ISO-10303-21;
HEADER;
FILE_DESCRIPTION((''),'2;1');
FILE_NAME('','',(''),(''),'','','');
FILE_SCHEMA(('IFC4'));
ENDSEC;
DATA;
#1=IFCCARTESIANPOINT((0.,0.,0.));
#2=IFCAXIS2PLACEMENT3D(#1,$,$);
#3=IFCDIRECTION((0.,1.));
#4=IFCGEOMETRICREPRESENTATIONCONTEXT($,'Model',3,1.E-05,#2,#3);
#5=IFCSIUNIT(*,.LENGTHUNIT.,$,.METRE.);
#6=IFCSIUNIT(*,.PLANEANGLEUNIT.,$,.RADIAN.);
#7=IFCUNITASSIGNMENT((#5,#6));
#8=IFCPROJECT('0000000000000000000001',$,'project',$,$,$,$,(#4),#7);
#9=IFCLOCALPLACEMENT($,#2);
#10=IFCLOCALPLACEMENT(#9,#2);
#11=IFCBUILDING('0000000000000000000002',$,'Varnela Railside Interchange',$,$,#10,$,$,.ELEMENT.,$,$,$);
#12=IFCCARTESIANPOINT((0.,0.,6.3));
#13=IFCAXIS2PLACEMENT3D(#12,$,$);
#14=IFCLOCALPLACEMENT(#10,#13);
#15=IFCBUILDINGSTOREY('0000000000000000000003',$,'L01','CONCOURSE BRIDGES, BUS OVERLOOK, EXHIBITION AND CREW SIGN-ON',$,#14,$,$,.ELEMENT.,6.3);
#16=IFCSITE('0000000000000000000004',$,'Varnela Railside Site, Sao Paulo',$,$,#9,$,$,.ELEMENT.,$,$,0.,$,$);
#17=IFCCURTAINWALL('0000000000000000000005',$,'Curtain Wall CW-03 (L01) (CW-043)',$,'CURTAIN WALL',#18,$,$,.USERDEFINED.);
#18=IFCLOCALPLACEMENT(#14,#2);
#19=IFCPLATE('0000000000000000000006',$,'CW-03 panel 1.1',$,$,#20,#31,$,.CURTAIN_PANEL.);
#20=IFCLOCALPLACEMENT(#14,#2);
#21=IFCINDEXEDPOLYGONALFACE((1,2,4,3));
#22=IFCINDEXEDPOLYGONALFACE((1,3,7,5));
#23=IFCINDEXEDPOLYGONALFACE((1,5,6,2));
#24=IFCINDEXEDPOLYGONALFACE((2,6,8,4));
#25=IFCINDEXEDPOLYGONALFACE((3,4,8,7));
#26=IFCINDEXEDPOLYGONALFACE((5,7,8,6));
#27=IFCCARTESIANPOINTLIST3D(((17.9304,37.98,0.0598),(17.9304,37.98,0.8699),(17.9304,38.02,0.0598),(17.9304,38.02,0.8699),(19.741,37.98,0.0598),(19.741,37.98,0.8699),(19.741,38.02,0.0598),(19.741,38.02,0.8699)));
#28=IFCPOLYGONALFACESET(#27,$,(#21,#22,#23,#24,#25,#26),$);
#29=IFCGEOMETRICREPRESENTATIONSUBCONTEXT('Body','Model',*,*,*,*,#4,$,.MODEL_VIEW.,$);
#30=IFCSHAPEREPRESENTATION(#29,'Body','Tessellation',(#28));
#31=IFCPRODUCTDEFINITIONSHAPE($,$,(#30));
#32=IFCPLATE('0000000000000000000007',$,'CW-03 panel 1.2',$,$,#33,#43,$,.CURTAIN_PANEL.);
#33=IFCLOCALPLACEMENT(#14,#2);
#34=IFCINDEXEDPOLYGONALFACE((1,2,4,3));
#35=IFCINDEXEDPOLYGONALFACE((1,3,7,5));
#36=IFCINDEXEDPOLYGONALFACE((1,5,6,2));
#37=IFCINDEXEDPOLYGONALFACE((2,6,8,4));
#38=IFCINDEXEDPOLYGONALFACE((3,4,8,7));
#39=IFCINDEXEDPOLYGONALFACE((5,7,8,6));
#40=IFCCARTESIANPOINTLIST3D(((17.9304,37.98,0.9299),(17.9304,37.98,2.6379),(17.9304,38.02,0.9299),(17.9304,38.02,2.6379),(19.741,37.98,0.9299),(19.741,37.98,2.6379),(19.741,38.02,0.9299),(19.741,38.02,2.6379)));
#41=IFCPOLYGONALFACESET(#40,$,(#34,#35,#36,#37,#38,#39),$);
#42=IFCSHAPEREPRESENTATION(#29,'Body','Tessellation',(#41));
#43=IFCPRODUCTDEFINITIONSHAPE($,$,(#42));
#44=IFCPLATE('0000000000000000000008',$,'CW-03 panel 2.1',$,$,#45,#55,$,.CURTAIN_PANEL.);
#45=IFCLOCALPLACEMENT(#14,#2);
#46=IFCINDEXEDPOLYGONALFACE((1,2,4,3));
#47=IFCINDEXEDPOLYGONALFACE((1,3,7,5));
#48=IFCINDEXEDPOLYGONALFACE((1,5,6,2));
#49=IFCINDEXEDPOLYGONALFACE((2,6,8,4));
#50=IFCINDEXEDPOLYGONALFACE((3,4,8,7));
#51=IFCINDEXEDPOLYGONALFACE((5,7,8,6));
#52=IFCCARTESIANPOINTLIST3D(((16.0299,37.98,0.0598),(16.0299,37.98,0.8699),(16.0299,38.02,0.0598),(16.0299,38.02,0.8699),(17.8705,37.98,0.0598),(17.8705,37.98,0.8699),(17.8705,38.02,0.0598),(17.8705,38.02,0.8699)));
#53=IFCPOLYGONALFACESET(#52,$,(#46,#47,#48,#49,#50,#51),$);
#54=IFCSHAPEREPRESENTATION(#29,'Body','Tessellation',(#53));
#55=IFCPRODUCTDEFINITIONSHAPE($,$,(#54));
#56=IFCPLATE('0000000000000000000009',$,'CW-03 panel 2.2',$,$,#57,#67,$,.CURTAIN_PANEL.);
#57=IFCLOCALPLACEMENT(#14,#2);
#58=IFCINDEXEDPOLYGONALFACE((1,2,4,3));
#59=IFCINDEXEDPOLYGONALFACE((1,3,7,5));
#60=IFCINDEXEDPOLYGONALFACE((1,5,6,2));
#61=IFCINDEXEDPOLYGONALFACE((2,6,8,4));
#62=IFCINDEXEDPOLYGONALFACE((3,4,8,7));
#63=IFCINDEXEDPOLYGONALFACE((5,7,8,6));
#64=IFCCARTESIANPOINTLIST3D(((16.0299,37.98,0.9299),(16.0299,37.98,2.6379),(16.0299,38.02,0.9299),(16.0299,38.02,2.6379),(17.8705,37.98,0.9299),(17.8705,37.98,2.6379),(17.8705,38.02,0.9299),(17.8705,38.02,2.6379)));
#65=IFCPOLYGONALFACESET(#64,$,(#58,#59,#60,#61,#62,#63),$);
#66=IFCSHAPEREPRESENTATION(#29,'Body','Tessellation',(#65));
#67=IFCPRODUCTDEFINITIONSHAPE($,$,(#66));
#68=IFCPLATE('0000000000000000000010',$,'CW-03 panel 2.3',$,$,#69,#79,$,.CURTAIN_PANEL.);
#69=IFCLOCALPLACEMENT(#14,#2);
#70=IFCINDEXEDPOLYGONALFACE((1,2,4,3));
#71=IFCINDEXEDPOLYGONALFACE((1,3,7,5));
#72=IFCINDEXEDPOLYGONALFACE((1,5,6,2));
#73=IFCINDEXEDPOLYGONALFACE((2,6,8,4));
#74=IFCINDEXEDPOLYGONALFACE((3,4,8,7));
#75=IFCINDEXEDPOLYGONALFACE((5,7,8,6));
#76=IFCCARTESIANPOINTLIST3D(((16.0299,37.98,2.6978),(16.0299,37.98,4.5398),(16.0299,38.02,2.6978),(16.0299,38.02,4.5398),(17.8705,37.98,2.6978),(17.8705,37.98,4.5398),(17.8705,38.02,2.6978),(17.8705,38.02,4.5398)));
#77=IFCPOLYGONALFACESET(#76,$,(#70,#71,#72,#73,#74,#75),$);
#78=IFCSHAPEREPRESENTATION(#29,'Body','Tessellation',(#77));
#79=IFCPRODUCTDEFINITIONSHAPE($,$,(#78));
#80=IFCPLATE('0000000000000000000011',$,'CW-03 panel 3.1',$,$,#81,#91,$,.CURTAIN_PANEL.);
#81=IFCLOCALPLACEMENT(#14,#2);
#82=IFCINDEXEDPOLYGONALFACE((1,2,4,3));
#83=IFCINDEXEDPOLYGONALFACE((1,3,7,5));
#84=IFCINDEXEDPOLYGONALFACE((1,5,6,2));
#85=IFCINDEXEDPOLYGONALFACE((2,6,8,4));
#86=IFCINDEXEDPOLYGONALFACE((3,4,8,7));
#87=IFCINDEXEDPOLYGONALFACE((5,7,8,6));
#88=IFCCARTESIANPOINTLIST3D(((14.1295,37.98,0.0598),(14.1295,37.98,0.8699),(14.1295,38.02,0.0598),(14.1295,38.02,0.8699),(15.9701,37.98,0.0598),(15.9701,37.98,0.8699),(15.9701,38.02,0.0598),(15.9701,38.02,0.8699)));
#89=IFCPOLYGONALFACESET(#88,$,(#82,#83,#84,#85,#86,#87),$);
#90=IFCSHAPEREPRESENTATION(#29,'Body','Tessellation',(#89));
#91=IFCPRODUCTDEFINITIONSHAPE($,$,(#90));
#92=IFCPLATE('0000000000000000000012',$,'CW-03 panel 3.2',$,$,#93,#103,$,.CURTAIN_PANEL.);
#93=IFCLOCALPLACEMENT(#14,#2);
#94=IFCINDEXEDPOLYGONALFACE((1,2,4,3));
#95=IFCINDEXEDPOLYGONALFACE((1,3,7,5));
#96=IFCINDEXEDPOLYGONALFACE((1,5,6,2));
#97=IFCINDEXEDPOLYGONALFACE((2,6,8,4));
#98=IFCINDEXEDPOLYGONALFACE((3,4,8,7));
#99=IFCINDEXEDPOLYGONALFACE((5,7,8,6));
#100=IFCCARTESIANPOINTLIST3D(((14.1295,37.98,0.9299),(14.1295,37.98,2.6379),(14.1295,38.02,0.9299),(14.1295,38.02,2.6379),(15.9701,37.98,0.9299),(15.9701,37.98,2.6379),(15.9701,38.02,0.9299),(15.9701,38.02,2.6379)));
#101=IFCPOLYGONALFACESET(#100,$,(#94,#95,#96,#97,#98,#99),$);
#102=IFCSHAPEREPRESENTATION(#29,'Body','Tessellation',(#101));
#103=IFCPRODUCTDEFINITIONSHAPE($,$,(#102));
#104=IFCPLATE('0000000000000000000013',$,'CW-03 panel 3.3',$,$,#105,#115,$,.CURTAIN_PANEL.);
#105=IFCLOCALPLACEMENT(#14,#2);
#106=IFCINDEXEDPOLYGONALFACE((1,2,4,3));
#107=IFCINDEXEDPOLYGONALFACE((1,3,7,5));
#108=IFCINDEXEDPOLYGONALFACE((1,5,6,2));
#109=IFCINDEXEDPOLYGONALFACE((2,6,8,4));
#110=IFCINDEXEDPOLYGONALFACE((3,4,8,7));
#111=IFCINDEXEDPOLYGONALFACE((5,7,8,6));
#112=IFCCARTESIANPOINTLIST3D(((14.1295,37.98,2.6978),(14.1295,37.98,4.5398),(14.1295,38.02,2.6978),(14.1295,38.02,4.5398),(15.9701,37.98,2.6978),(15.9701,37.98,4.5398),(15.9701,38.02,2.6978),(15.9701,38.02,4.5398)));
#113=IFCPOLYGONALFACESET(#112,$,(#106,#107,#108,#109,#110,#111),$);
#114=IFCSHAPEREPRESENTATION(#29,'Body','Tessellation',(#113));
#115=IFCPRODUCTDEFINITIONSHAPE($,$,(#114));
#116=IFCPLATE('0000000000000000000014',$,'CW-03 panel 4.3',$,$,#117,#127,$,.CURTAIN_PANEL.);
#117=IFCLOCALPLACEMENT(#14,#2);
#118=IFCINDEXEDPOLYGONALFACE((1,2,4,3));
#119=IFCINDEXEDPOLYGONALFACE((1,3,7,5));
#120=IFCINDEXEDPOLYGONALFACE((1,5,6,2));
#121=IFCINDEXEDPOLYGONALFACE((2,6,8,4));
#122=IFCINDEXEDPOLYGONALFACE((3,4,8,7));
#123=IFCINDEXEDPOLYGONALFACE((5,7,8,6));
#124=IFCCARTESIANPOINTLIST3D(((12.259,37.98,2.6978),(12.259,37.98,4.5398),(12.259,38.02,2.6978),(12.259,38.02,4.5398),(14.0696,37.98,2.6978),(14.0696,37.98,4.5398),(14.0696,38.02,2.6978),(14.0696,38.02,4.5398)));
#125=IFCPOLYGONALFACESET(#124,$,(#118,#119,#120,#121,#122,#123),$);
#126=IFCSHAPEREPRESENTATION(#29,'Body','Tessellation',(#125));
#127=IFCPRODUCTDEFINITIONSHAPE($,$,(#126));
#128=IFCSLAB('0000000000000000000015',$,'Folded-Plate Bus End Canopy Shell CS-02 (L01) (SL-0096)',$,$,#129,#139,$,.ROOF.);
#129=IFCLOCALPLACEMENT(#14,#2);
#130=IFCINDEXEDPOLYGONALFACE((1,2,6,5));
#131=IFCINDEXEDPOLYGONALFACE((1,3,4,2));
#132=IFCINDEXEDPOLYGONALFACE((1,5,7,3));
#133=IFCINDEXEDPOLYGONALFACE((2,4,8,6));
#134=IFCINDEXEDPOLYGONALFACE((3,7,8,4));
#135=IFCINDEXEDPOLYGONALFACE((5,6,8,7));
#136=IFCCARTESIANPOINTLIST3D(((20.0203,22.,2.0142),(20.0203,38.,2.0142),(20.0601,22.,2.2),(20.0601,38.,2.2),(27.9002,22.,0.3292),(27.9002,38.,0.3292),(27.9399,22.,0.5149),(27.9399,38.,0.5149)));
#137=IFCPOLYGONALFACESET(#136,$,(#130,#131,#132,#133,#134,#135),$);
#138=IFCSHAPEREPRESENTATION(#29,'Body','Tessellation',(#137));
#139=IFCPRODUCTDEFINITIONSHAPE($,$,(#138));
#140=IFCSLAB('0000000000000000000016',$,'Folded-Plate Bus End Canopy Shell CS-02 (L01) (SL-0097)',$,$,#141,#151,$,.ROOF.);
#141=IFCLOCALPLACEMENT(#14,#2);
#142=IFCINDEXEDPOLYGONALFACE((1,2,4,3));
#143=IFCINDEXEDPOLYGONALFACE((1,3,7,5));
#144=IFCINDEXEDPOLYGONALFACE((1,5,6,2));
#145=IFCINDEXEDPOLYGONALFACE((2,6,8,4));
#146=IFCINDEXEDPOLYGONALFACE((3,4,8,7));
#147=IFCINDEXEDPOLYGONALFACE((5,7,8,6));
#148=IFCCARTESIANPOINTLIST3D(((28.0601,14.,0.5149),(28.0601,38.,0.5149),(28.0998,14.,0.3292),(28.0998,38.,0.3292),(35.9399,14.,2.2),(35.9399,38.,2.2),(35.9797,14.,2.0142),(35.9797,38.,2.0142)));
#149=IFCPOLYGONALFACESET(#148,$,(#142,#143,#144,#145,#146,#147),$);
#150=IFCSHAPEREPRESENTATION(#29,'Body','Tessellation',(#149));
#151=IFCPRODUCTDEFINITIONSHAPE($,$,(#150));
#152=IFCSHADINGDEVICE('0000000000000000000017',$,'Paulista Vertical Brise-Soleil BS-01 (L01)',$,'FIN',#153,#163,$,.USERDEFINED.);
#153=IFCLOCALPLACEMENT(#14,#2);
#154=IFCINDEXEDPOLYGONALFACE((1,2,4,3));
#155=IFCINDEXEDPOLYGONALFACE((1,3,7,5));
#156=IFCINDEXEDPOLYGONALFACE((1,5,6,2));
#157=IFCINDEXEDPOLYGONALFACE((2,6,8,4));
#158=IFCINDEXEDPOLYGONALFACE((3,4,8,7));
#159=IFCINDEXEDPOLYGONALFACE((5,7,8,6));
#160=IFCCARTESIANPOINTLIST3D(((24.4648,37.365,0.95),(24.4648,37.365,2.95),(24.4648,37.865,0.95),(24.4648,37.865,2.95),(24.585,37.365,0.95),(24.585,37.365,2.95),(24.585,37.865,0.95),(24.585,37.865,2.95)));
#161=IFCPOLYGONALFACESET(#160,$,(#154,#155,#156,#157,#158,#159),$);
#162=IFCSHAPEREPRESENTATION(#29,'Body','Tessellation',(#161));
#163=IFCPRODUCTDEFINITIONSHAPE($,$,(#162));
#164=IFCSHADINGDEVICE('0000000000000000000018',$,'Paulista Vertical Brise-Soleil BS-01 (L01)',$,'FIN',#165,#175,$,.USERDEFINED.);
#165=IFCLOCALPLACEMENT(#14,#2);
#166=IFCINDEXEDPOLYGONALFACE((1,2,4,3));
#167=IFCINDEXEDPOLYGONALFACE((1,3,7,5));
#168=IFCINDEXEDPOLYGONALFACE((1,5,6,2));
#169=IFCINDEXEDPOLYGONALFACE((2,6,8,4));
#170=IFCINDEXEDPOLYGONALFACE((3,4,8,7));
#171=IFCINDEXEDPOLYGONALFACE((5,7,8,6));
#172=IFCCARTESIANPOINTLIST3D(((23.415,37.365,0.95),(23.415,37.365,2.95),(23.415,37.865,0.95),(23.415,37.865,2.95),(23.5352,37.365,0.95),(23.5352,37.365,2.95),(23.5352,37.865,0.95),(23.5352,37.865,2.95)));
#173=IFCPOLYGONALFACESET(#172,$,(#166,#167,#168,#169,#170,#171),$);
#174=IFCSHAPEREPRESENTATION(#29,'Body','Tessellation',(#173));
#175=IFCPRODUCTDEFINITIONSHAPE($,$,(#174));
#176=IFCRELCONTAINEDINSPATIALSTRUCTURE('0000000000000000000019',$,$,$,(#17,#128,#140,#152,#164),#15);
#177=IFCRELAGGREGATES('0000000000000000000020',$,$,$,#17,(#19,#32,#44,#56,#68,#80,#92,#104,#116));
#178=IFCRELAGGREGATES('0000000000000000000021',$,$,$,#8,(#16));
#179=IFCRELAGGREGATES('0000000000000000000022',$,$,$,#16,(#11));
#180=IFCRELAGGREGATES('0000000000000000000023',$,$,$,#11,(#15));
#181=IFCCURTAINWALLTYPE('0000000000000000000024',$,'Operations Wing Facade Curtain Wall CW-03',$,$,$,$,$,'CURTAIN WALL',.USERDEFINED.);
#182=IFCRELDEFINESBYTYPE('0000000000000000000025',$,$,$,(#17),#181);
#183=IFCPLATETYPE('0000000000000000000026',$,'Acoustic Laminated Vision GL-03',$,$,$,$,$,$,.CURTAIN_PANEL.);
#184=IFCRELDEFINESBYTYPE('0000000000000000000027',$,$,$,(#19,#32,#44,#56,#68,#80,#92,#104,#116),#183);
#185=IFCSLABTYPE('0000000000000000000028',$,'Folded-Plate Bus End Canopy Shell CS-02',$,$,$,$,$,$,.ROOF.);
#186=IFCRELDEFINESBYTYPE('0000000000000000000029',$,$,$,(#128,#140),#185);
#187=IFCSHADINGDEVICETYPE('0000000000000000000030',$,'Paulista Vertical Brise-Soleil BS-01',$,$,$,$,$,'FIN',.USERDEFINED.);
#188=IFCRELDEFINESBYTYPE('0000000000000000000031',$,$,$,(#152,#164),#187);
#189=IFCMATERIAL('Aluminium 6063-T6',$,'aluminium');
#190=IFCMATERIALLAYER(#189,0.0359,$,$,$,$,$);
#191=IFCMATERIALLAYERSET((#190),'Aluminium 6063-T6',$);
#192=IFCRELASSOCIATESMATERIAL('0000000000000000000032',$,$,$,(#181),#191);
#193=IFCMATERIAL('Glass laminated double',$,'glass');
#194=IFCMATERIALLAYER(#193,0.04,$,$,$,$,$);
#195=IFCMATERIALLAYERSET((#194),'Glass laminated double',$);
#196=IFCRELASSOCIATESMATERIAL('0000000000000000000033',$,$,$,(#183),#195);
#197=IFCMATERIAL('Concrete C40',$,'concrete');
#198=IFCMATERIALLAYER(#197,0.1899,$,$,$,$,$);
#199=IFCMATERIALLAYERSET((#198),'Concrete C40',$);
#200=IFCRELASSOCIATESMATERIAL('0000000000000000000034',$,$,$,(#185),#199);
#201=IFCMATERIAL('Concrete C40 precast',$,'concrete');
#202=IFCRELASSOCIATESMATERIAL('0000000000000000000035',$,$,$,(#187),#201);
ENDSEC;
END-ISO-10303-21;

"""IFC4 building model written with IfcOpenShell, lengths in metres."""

from ifc_helpers import new_model, si_unit, direction, frame, origin, origin_2d, place, context, subcontext, project, spatial, polyline, rectangle, outline, extrude, material, layer, layer_set, type_object, element, aggregate, save


model = new_model("IFC4")

# Units and contexts
model_context = context("Model", 3, precision=1e-05, world=origin(), true_north=direction((0.0, 1.0)))
body_context = subcontext(model_context, "Body", "Model", "MODEL_VIEW")
ifc_project = project(units=[si_unit("LENGTHUNIT", "METRE"), si_unit("PLANEANGLEUNIT", "RADIAN")], contexts=[model_context])

# Site, building, storey
site_placement = place(None, origin())
site = spatial("IfcSite", under=ifc_project, at=site_placement, Name="Varnela Railside Site, Sao Paulo", CompositionType="ELEMENT", RefElevation=0.0)
building_placement = place(site_placement, origin())
building = spatial("IfcBuilding", under=site, at=building_placement, Name="Varnela Railside Interchange", CompositionType="ELEMENT")
storey_placement = place(building_placement, frame((0.0, 0.0, 6.3)))
storey = spatial("IfcBuildingStorey", under=building, at=storey_placement, Name="L01", Description="CONCOURSE BRIDGES, BUS OVERLOOK, EXHIBITION AND CREW SIGN-ON", CompositionType="ELEMENT", Elevation=6.3)

# Curtain wall, plates
ifc_material_1 = material(Name="Aluminium 6063-T6", Category="aluminium")
ifc_layer_1 = layer(ifc_material_1, 0.0359)
ifc_layer_set_1 = layer_set([ifc_layer_1], Name="Aluminium 6063-T6")
curtain_wall_type = type_object("IfcCurtainWallType", Name="Operations Wing Facade Curtain Wall CW-03", ElementType="CURTAIN WALL", PredefinedType="USERDEFINED", material=ifc_layer_set_1)
curtain_wall_placement = place(storey_placement, origin())
curtain_wall = element("IfcCurtainWall", 1, at=curtain_wall_placement, inside=storey, type_object=curtain_wall_type, Name="Curtain Wall CW-03 (L01) (CW-043)", ObjectType="CURTAIN WALL", PredefinedType="USERDEFINED")
ifc_material_2 = material(Name="Glass laminated double", Category="glass")
ifc_layer_2 = layer(ifc_material_2, 0.04)
ifc_layer_set_2 = layer_set([ifc_layer_2], Name="Glass laminated double")
plate_type = type_object("IfcPlateType", Name="Acoustic Laminated Vision GL-03", PredefinedType="CURTAIN_PANEL", material=ifc_layer_set_2)
plate_1_placement = place(storey_placement, frame((18.8357, 38.0, 0.0598), z_axis=(0.0, 0.0, 1.0), x_axis=(-1.0, 0.0, 0.0)))
plate_1 = element("IfcPlate", 2, at=plate_1_placement, type_object=plate_type, Name="CW-03 panel 1.1", PredefinedType="CURTAIN_PANEL", context=body_context, shape_type="SweptSolid", body=[
    extrude(rectangle(XDim=1.8105, YDim=0.04, at=origin_2d()), origin(), (0.0, 0.0, 1.0), 0.8101),
])
plate_2_placement = place(storey_placement, frame((18.8357, 38.0, 0.9299), z_axis=(0.0, 0.0, 1.0), x_axis=(-1.0, 0.0, 0.0)))
plate_2 = element("IfcPlate", 3, at=plate_2_placement, type_object=plate_type, Name="CW-03 panel 1.2", PredefinedType="CURTAIN_PANEL", context=body_context, shape_type="SweptSolid", body=[
    extrude(rectangle(XDim=1.8105, YDim=0.04, at=origin_2d()), origin(), (0.0, 0.0, 1.0), 1.708),
])
plate_3_placement = place(storey_placement, frame((16.9502, 38.0, 0.0598), z_axis=(0.0, 0.0, 1.0), x_axis=(-1.0, 0.0, 0.0)))
plate_3 = element("IfcPlate", 4, at=plate_3_placement, type_object=plate_type, Name="CW-03 panel 2.1", PredefinedType="CURTAIN_PANEL", context=body_context, shape_type="SweptSolid", body=[
    extrude(rectangle(XDim=1.8406, YDim=0.04, at=origin_2d()), origin(), (0.0, 0.0, 1.0), 0.8101),
])
plate_4_placement = place(storey_placement, frame((16.9502, 38.0, 0.9299), z_axis=(0.0, 0.0, 1.0), x_axis=(-1.0, 0.0, 0.0)))
plate_4 = element("IfcPlate", 5, at=plate_4_placement, type_object=plate_type, Name="CW-03 panel 2.2", PredefinedType="CURTAIN_PANEL", context=body_context, shape_type="SweptSolid", body=[
    extrude(rectangle(XDim=1.8406, YDim=0.04, at=origin_2d()), origin(), (0.0, 0.0, 1.0), 1.708),
])
plate_5_placement = place(storey_placement, frame((16.9502, 38.0, 2.6978), z_axis=(0.0, 0.0, 1.0), x_axis=(-1.0, 0.0, 0.0)))
plate_5 = element("IfcPlate", 6, at=plate_5_placement, type_object=plate_type, Name="CW-03 panel 2.3", PredefinedType="CURTAIN_PANEL", context=body_context, shape_type="SweptSolid", body=[
    extrude(rectangle(XDim=1.8406, YDim=0.04, at=origin_2d()), origin(), (0.0, 0.0, 1.0), 1.842),
])
plate_6_placement = place(storey_placement, frame((15.0498, 38.0, 0.0598), z_axis=(0.0, 0.0, 1.0), x_axis=(-1.0, 0.0, 0.0)))
plate_6 = element("IfcPlate", 7, at=plate_6_placement, type_object=plate_type, Name="CW-03 panel 3.1", PredefinedType="CURTAIN_PANEL", context=body_context, shape_type="SweptSolid", body=[
    extrude(rectangle(XDim=1.8406, YDim=0.04, at=origin_2d()), origin(), (0.0, 0.0, 1.0), 0.8101),
])
plate_7_placement = place(storey_placement, frame((15.0498, 38.0, 0.9299), z_axis=(0.0, 0.0, 1.0), x_axis=(-1.0, 0.0, 0.0)))
plate_7 = element("IfcPlate", 8, at=plate_7_placement, type_object=plate_type, Name="CW-03 panel 3.2", PredefinedType="CURTAIN_PANEL", context=body_context, shape_type="SweptSolid", body=[
    extrude(rectangle(XDim=1.8406, YDim=0.04, at=origin_2d()), origin(), (0.0, 0.0, 1.0), 1.708),
])
plate_8_placement = place(storey_placement, frame((15.0498, 38.0, 2.6978), z_axis=(0.0, 0.0, 1.0), x_axis=(-1.0, 0.0, 0.0)))
plate_8 = element("IfcPlate", 9, at=plate_8_placement, type_object=plate_type, Name="CW-03 panel 3.3", PredefinedType="CURTAIN_PANEL", context=body_context, shape_type="SweptSolid", body=[
    extrude(rectangle(XDim=1.8406, YDim=0.04, at=origin_2d()), origin(), (0.0, 0.0, 1.0), 1.842),
])
plate_9_placement = place(storey_placement, frame((13.1643, 38.0, 2.6978), z_axis=(0.0, 0.0, 1.0), x_axis=(-1.0, 0.0, 0.0)))
plate_9 = element("IfcPlate", 10, at=plate_9_placement, type_object=plate_type, Name="CW-03 panel 4.3", PredefinedType="CURTAIN_PANEL", context=body_context, shape_type="SweptSolid", body=[
    extrude(rectangle(XDim=1.8105, YDim=0.04, at=origin_2d()), origin(), (0.0, 0.0, 1.0), 1.842),
])
aggregate(curtain_wall, [plate_1, plate_2, plate_3, plate_4, plate_5, plate_6, plate_7, plate_8, plate_9])

# Slabs
ifc_material_3 = material(Name="Concrete C40", Category="concrete")
ifc_layer_3 = layer(ifc_material_3, 0.1899)
ifc_layer_set_3 = layer_set([ifc_layer_3], Name="Concrete C40")
slab_type = type_object("IfcSlabType", Name="Folded-Plate Bus End Canopy Shell CS-02", PredefinedType="ROOF", material=ifc_layer_set_3)
slab_1_placement = place(storey_placement, frame((20.0601, 22.0, 2.2), z_axis=(0.209115, 0.0, 0.977891), x_axis=(0.977891, 0.0, -0.209115)))
element("IfcSlab", 11, at=slab_1_placement, inside=storey, type_object=slab_type, Name="Folded-Plate Bus End Canopy Shell CS-02 (L01) (SL-0096)", PredefinedType="ROOF", context=body_context, shape_type="SweptSolid", body=[
    extrude(outline(polyline([(0.0, 0.0), (8.058, 0.0), (8.058, 16.0), (0.0, 16.0), (0.0, 0.0)])), origin(), (0.0, 0.0, -1.0), 0.1899),
])
slab_2_placement = place(storey_placement, frame((28.0601, 14.0, 0.5149), z_axis=(-0.209115, 0.0, 0.977891), x_axis=(0.977891, 0.0, 0.209115)))
element("IfcSlab", 12, at=slab_2_placement, inside=storey, type_object=slab_type, Name="Folded-Plate Bus End Canopy Shell CS-02 (L01) (SL-0097)", PredefinedType="ROOF", context=body_context, shape_type="SweptSolid", body=[
    extrude(outline(polyline([(0.0, 0.0), (8.058, 0.0), (8.058, 24.0), (0.0, 24.0), (0.0, 0.0)])), origin(), (0.0, 0.0, -1.0), 0.1899),
])

# Shading devices
ifc_material_4 = material(Name="Concrete C40 precast", Category="concrete")
shading_device_type = type_object("IfcShadingDeviceType", Name="Paulista Vertical Brise-Soleil BS-01", ElementType="FIN", PredefinedType="USERDEFINED", material=ifc_material_4)
for number, where, z_axis, x_axis, name in (
    (13, (24.5249, 37.615, 0.95), (0.0, 0.0, 1.0), (0.0, -1.0, 0.0), "Paulista Vertical Brise-Soleil BS-01 (L01)"),
    (14, (23.4751, 37.615, 0.95), (0.0, 0.0, 1.0), (0.0, -1.0, 0.0), "Paulista Vertical Brise-Soleil BS-01 (L01)"),
):
    element("IfcShadingDevice", number, at=place(storey_placement, frame(where, z_axis=z_axis, x_axis=x_axis)), inside=storey, type_object=shading_device_type, Name=name, ObjectType="FIN", PredefinedType="USERDEFINED", context=body_context, shape_type="SweptSolid", body=[
        extrude(rectangle(XDim=0.5, YDim=0.1201, at=origin_2d()), origin(), (0.0, 0.0, 1.0), 2.0),
    ])

save(model, "model.ifc")
